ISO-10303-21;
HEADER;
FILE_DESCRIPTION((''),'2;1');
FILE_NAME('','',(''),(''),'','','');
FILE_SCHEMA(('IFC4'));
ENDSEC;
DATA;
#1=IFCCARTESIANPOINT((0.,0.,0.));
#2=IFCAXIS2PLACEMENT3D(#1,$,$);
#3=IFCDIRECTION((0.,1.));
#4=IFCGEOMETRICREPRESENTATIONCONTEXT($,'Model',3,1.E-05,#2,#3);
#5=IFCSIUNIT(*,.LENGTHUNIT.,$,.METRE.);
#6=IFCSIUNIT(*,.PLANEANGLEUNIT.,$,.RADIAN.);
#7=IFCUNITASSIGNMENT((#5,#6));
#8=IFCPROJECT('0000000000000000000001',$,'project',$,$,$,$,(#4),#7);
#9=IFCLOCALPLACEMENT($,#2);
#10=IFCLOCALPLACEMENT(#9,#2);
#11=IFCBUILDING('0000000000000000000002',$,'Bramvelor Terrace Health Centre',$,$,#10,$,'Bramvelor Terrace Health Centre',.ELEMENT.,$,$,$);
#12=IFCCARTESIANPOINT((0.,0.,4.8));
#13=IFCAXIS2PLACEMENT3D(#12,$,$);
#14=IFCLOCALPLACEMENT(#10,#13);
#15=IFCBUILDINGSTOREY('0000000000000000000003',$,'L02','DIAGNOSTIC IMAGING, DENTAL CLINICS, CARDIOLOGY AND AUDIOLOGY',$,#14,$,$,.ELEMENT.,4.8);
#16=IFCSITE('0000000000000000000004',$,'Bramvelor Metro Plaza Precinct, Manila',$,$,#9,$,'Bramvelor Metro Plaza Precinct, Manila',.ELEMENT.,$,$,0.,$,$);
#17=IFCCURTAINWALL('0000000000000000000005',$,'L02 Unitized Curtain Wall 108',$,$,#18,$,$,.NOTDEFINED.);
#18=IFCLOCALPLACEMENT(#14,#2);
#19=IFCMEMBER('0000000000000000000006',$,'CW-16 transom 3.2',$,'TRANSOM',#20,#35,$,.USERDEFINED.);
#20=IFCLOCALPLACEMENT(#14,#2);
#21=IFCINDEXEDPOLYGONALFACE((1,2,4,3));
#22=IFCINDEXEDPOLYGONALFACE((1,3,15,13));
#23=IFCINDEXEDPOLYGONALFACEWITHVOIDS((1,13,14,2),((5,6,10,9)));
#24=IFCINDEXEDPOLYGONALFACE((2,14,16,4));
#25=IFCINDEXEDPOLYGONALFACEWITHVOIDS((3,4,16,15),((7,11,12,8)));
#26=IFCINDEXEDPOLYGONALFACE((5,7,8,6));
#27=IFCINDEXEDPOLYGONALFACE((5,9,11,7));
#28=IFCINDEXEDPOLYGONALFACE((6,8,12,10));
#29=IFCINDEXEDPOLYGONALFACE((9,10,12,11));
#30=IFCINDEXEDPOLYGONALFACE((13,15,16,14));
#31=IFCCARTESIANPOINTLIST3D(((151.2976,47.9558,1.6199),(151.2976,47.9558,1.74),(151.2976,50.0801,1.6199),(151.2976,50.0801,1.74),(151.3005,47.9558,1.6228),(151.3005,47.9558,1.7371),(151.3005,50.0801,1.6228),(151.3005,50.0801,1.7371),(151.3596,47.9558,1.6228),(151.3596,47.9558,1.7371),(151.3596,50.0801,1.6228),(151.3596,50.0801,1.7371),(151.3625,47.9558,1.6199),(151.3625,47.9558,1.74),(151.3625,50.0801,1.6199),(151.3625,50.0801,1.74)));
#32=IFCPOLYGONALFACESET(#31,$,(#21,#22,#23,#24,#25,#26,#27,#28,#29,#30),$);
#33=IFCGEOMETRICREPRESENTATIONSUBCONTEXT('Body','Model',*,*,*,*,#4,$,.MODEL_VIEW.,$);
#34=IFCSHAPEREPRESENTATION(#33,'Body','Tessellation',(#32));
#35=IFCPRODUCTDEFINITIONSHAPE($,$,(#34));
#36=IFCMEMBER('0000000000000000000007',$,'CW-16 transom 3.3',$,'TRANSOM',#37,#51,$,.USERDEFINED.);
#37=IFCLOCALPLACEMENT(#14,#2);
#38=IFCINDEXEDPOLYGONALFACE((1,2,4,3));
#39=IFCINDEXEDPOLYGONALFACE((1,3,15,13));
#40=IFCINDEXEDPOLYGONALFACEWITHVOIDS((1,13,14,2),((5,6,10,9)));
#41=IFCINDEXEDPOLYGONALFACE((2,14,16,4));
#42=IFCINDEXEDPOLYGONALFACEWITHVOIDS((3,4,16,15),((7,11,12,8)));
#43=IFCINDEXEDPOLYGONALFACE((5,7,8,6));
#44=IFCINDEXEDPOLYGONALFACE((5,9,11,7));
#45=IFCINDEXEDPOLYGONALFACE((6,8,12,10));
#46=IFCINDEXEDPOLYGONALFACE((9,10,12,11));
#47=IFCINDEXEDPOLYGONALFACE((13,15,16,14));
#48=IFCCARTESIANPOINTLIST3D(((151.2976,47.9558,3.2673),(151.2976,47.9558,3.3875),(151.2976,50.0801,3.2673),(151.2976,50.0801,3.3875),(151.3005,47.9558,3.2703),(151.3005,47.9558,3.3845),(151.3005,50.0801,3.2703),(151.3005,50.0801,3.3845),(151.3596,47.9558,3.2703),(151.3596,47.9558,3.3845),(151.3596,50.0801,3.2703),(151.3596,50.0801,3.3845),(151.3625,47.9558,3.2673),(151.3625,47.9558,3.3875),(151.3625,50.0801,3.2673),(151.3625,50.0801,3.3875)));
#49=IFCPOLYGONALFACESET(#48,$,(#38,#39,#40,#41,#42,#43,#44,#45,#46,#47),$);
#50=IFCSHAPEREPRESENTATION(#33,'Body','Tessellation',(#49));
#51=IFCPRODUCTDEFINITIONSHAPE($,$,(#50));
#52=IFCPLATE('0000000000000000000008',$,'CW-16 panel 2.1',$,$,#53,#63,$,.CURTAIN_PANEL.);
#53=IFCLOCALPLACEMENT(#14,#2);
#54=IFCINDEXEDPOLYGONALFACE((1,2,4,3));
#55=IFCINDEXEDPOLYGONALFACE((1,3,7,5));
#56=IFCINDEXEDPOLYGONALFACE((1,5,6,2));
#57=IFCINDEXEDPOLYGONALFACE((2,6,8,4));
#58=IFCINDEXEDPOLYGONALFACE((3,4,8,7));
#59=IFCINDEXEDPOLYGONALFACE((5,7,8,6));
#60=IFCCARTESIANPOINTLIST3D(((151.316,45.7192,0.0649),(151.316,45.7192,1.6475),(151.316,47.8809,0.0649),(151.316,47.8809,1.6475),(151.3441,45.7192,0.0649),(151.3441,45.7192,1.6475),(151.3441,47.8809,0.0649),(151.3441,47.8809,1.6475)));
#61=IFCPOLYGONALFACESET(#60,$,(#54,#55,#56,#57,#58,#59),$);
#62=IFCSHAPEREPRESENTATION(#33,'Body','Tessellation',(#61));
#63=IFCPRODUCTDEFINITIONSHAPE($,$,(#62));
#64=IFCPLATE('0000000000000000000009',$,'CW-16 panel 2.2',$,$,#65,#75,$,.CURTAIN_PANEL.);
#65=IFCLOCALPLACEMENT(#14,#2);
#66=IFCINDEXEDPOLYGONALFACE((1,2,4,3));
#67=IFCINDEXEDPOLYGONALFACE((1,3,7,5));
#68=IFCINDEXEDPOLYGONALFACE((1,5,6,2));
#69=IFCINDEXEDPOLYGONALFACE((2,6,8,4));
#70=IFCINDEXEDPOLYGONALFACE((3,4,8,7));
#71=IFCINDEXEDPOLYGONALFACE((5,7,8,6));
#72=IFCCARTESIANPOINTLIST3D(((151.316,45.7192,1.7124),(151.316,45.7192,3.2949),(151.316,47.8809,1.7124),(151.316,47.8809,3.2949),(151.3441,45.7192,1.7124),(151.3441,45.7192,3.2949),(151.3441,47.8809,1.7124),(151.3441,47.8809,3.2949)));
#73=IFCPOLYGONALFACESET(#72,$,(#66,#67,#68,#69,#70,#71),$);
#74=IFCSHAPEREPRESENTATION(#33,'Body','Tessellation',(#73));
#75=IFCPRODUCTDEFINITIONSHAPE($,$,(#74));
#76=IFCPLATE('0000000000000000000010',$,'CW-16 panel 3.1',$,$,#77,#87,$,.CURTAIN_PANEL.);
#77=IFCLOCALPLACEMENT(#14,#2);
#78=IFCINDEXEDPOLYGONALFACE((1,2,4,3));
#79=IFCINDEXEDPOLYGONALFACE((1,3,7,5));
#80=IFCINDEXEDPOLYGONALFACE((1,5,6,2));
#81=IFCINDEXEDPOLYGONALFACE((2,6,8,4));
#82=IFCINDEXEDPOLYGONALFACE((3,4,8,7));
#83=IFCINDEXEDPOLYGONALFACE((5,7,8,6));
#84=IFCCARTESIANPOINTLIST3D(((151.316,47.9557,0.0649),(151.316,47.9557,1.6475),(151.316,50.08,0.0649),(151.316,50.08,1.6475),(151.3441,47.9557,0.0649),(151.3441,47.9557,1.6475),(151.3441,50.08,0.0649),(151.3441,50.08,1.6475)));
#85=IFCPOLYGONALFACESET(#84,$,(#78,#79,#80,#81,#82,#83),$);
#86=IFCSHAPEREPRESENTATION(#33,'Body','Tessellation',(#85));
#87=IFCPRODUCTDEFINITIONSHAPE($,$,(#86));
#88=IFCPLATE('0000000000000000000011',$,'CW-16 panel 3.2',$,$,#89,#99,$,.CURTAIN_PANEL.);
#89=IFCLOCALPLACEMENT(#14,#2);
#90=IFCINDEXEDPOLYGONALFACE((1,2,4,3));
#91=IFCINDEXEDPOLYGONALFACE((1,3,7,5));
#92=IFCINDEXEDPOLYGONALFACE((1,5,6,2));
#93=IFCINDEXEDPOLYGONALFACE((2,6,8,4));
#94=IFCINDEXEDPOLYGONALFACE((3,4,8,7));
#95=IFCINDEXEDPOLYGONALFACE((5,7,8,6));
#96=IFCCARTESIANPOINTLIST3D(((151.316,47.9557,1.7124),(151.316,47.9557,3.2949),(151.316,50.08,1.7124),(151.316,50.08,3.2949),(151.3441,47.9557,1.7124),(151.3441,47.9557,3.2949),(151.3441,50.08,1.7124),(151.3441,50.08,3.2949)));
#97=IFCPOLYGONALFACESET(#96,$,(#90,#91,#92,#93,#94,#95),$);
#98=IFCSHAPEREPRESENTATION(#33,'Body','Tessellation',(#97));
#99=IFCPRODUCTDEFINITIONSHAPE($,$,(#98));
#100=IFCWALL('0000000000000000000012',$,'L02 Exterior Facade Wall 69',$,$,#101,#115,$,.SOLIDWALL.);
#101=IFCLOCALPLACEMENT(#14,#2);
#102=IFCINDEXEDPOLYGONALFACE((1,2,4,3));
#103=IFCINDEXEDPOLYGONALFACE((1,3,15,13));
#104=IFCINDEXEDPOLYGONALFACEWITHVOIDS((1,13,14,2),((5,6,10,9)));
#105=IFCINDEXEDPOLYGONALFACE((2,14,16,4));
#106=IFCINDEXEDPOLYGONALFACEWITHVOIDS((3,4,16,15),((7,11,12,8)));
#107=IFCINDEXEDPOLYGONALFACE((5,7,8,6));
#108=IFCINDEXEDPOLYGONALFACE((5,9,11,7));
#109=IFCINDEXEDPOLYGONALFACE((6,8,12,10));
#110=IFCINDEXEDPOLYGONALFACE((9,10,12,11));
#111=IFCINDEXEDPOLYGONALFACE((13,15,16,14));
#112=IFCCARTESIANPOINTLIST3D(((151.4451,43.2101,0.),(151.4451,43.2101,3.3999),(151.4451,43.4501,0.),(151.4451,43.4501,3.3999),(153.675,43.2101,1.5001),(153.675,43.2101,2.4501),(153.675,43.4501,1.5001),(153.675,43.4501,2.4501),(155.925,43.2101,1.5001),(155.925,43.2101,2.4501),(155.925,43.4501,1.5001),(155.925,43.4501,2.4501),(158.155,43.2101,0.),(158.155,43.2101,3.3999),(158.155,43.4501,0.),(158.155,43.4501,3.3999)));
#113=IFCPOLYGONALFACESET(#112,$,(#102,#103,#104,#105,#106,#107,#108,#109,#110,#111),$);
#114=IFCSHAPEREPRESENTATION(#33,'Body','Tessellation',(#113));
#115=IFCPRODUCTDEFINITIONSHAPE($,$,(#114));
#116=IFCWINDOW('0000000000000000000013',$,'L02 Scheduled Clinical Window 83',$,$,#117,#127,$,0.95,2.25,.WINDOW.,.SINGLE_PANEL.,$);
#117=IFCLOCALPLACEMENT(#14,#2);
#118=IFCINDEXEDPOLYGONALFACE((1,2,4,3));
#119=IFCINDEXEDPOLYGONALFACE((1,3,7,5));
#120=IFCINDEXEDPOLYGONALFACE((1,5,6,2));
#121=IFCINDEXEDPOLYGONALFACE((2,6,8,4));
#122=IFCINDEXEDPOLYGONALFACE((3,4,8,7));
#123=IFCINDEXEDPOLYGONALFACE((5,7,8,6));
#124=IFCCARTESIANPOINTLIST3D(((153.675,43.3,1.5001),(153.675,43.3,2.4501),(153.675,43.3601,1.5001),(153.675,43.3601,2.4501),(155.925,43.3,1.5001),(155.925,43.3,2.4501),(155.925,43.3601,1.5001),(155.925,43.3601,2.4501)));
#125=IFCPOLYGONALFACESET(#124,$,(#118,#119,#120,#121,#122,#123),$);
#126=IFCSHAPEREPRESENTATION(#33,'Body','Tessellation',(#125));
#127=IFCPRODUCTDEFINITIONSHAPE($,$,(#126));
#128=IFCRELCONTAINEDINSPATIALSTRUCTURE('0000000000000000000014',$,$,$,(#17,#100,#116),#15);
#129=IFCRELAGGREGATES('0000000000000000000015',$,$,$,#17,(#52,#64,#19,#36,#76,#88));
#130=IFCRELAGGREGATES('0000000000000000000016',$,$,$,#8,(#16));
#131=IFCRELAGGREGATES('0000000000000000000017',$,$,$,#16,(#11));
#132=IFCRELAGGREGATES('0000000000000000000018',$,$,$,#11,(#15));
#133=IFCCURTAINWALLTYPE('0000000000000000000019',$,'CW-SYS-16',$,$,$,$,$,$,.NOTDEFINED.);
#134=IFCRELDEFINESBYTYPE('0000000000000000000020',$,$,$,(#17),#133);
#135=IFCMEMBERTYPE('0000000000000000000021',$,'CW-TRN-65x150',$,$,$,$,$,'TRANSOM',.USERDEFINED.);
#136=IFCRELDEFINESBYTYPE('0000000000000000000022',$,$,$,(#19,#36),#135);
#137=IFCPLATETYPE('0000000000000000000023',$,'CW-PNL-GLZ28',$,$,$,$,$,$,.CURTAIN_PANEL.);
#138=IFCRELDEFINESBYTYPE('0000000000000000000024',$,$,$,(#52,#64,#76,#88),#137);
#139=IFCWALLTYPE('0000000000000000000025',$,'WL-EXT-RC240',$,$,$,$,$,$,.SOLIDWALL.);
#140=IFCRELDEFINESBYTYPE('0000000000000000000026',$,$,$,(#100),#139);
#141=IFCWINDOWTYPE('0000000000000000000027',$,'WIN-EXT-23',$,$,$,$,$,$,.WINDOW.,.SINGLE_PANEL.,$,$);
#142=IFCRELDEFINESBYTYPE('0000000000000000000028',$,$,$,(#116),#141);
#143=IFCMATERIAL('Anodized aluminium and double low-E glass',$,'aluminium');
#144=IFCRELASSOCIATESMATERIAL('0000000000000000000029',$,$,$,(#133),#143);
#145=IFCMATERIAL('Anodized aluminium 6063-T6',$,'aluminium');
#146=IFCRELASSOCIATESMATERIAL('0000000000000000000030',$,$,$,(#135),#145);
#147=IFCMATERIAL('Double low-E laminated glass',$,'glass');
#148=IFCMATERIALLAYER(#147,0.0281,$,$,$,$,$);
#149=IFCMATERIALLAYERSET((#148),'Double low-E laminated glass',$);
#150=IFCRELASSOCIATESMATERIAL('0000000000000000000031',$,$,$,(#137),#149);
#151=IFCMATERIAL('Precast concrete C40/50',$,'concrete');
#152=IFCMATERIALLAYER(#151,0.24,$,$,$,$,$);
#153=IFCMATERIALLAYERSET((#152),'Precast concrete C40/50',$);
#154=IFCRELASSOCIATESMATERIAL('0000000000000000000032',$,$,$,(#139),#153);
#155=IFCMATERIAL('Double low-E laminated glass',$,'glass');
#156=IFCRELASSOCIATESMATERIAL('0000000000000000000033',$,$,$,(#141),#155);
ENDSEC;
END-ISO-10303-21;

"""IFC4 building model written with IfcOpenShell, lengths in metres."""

from ifc_helpers import new_model, si_unit, direction, frame, frame_2d, origin, origin_2d, place, context, subcontext, project, spatial, rectangle, hollow_rectangle, extrude, material, layer, layer_set, material_profile, profile_set, type_object, element, fill, aggregate, save


model = new_model("IFC4")

# Units and contexts
model_context = context("Model", 3, precision=1e-05, world=origin(), true_north=direction((0.0, 1.0)))
body_context = subcontext(model_context, "Body", "Model", "MODEL_VIEW")
ifc_project = project(units=[si_unit("LENGTHUNIT", "METRE"), si_unit("PLANEANGLEUNIT", "RADIAN")], contexts=[model_context])

# Site, building, storey
site_placement = place(None, origin())
site = spatial("IfcSite", under=ifc_project, at=site_placement, Name="Bramvelor Metro Plaza Precinct, Manila", LongName="Bramvelor Metro Plaza Precinct, Manila", CompositionType="ELEMENT", RefElevation=0.0)
building_placement = place(site_placement, origin())
building = spatial("IfcBuilding", under=site, at=building_placement, Name="Bramvelor Terrace Health Centre", LongName="Bramvelor Terrace Health Centre", CompositionType="ELEMENT")
storey_placement = place(building_placement, frame((0.0, 0.0, 4.8)))
storey = spatial("IfcBuildingStorey", under=building, at=storey_placement, Name="L02", Description="DIAGNOSTIC IMAGING, DENTAL CLINICS, CARDIOLOGY AND AUDIOLOGY", CompositionType="ELEMENT", Elevation=4.8)

# Curtain wall, members, plates
ifc_material_1 = material(Name="Anodized aluminium and double low-E glass", Category="aluminium")
curtain_wall_type = type_object("IfcCurtainWallType", Name="CW-SYS-16", PredefinedType="NOTDEFINED", material=ifc_material_1)
curtain_wall_placement = place(storey_placement, origin())
curtain_wall = element("IfcCurtainWall", 1, at=curtain_wall_placement, inside=storey, type_object=curtain_wall_type, Name="L02 Unitized Curtain Wall 108", PredefinedType="NOTDEFINED")
ifc_material_2 = material(Name="Anodized aluminium 6063-T6", Category="aluminium")
ifc_material_profile_1 = material_profile(ifc_material_2, hollow_rectangle(XDim=0.0649, YDim=0.1201, WallThickness=0.0029, at=origin_2d()), Name="ALU-TRN 65x120x3.0")
ifc_profile_set_1 = profile_set([ifc_material_profile_1], Name="Anodized aluminium 6063-T6")
member_type_1 = type_object("IfcMemberType", Name="CW-TRN-65x150", ElementType="TRANSOM", PredefinedType="USERDEFINED", material=ifc_profile_set_1)
member_1_placement = place(storey_placement, frame((151.3301, 47.9558, 1.6799), z_axis=(0.0, 1.0, 0.0), x_axis=(-1.0, 0.0, 0.0)))
member_1 = element("IfcMember", 2, at=member_1_placement, type_object=member_type_1, Name="CW-16 transom 3.2", ObjectType="TRANSOM", PredefinedType="USERDEFINED", context=body_context, shape_type="SweptSolid", body=[
    extrude(hollow_rectangle(XDim=0.0649, YDim=0.1201, WallThickness=0.0029, at=origin_2d()), origin(), (0.0, 0.0, 1.0), 2.1243),
])
member_2_placement = place(storey_placement, frame((151.3301, 47.9558, 3.3274), z_axis=(0.0, 1.0, 0.0), x_axis=(-1.0, 0.0, 0.0)))
member_2 = element("IfcMember", 3, at=member_2_placement, type_object=member_type_1, Name="CW-16 transom 3.3", ObjectType="TRANSOM", PredefinedType="USERDEFINED", context=body_context, shape_type="SweptSolid", body=[
    extrude(hollow_rectangle(XDim=0.0649, YDim=0.1201, WallThickness=0.0029, at=origin_2d()), origin(), (0.0, 0.0, 1.0), 2.1243),
])
ifc_material_3 = material(Name="Double low-E laminated glass", Category="glass")
ifc_layer_1 = layer(ifc_material_3, 0.0281)
ifc_layer_set_1 = layer_set([ifc_layer_1], Name="Double low-E laminated glass")
plate_type = type_object("IfcPlateType", Name="CW-PNL-GLZ28", PredefinedType="CURTAIN_PANEL", material=ifc_layer_set_1)
plate_1_placement = place(storey_placement, frame((151.3301, 46.8, 0.0649), z_axis=(0.0, 0.0, 1.0), x_axis=(0.0, 1.0, 0.0)))
plate_1 = element("IfcPlate", 4, at=plate_1_placement, type_object=plate_type, Name="CW-16 panel 2.1", PredefinedType="CURTAIN_PANEL", context=body_context, shape_type="SweptSolid", body=[
    extrude(rectangle(XDim=2.1616, YDim=0.0281, at=origin_2d()), origin(), (0.0, 0.0, 1.0), 1.5825),
])
plate_2_placement = place(storey_placement, frame((151.3301, 46.8, 1.7124), z_axis=(0.0, 0.0, 1.0), x_axis=(0.0, 1.0, 0.0)))
plate_2 = element("IfcPlate", 5, at=plate_2_placement, type_object=plate_type, Name="CW-16 panel 2.2", PredefinedType="CURTAIN_PANEL", context=body_context, shape_type="SweptSolid", body=[
    extrude(rectangle(XDim=2.1616, YDim=0.0281, at=origin_2d()), origin(), (0.0, 0.0, 1.0), 1.5825),
])
plate_3_placement = place(storey_placement, frame((151.3301, 49.0178, 0.0649), z_axis=(0.0, 0.0, 1.0), x_axis=(0.0, 1.0, 0.0)))
plate_3 = element("IfcPlate", 6, at=plate_3_placement, type_object=plate_type, Name="CW-16 panel 3.1", PredefinedType="CURTAIN_PANEL", context=body_context, shape_type="SweptSolid", body=[
    extrude(rectangle(XDim=2.1243, YDim=0.0281, at=origin_2d()), origin(), (0.0, 0.0, 1.0), 1.5825),
])
plate_4_placement = place(storey_placement, frame((151.3301, 49.0178, 1.7124), z_axis=(0.0, 0.0, 1.0), x_axis=(0.0, 1.0, 0.0)))
plate_4 = element("IfcPlate", 7, at=plate_4_placement, type_object=plate_type, Name="CW-16 panel 3.2", PredefinedType="CURTAIN_PANEL", context=body_context, shape_type="SweptSolid", body=[
    extrude(rectangle(XDim=2.1243, YDim=0.0281, at=origin_2d()), origin(), (0.0, 0.0, 1.0), 1.5825),
])
aggregate(curtain_wall, [plate_1, plate_2, member_1, member_2, plate_3, plate_4])

# Wall, opening, window
ifc_material_4 = material(Name="Precast concrete C40/50", Category="concrete")
ifc_layer_2 = layer(ifc_material_4, 0.24)
ifc_layer_set_2 = layer_set([ifc_layer_2], Name="Precast concrete C40/50")
wall_type = type_object("IfcWallType", Name="WL-EXT-RC240", PredefinedType="SOLIDWALL", material=ifc_layer_set_2)
wall_placement = place(storey_placement, frame((158.155, 43.3301, 0.0), z_axis=(0.0, 0.0, 1.0), x_axis=(-1.0, 0.0, 0.0)))
wall = element("IfcWall", 8, at=wall_placement, inside=storey, type_object=wall_type, Name="L02 Exterior Facade Wall 69", PredefinedType="SOLIDWALL", context=body_context, shape_type="SweptSolid", body=[
    extrude(rectangle(XDim=6.71, YDim=0.24, at=frame_2d((3.355, 0.0))), origin(), (0.0, 0.0, 1.0), 3.3999),
])
opening_placement = place(wall_placement, frame((2.23, 0.0, 1.5)))
opening = element("IfcOpeningElement", 9, at=opening_placement, cuts=wall, PredefinedType="OPENING", context=body_context, shape_type="SweptSolid", body=[
    extrude(rectangle(XDim=2.25, YDim=0.95, at=frame_2d((1.125, 0.4751))), frame((0.0, 0.1299, 0.0), z_axis=(0.0, -1.0, 0.0), x_axis=(1.0, 0.0, 0.0)), (0.0, 0.0, 1.0), 0.26),
])
ifc_material_5 = material(Name="Double low-E laminated glass", Category="glass")
window_type = type_object("IfcWindowType", Name="WIN-EXT-23", PartitioningType="SINGLE_PANEL", PredefinedType="WINDOW", material=ifc_material_5)
window_placement = place(opening_placement, origin())
window = element("IfcWindow", 10, at=window_placement, inside=storey, type_object=window_type, Name="L02 Scheduled Clinical Window 83", OverallHeight=0.95, OverallWidth=2.25, PartitioningType="SINGLE_PANEL", PredefinedType="WINDOW", context=body_context, shape_type="SweptSolid", body=[
    extrude(rectangle(XDim=2.25, YDim=0.95, at=frame_2d((1.125, 0.4751))), frame((0.0, 0.03, 0.0), z_axis=(0.0, -1.0, 0.0), x_axis=(1.0, 0.0, 0.0)), (0.0, 0.0, 1.0), 0.0601),
])
fill(opening, window)

save(model, "model.ifc")
